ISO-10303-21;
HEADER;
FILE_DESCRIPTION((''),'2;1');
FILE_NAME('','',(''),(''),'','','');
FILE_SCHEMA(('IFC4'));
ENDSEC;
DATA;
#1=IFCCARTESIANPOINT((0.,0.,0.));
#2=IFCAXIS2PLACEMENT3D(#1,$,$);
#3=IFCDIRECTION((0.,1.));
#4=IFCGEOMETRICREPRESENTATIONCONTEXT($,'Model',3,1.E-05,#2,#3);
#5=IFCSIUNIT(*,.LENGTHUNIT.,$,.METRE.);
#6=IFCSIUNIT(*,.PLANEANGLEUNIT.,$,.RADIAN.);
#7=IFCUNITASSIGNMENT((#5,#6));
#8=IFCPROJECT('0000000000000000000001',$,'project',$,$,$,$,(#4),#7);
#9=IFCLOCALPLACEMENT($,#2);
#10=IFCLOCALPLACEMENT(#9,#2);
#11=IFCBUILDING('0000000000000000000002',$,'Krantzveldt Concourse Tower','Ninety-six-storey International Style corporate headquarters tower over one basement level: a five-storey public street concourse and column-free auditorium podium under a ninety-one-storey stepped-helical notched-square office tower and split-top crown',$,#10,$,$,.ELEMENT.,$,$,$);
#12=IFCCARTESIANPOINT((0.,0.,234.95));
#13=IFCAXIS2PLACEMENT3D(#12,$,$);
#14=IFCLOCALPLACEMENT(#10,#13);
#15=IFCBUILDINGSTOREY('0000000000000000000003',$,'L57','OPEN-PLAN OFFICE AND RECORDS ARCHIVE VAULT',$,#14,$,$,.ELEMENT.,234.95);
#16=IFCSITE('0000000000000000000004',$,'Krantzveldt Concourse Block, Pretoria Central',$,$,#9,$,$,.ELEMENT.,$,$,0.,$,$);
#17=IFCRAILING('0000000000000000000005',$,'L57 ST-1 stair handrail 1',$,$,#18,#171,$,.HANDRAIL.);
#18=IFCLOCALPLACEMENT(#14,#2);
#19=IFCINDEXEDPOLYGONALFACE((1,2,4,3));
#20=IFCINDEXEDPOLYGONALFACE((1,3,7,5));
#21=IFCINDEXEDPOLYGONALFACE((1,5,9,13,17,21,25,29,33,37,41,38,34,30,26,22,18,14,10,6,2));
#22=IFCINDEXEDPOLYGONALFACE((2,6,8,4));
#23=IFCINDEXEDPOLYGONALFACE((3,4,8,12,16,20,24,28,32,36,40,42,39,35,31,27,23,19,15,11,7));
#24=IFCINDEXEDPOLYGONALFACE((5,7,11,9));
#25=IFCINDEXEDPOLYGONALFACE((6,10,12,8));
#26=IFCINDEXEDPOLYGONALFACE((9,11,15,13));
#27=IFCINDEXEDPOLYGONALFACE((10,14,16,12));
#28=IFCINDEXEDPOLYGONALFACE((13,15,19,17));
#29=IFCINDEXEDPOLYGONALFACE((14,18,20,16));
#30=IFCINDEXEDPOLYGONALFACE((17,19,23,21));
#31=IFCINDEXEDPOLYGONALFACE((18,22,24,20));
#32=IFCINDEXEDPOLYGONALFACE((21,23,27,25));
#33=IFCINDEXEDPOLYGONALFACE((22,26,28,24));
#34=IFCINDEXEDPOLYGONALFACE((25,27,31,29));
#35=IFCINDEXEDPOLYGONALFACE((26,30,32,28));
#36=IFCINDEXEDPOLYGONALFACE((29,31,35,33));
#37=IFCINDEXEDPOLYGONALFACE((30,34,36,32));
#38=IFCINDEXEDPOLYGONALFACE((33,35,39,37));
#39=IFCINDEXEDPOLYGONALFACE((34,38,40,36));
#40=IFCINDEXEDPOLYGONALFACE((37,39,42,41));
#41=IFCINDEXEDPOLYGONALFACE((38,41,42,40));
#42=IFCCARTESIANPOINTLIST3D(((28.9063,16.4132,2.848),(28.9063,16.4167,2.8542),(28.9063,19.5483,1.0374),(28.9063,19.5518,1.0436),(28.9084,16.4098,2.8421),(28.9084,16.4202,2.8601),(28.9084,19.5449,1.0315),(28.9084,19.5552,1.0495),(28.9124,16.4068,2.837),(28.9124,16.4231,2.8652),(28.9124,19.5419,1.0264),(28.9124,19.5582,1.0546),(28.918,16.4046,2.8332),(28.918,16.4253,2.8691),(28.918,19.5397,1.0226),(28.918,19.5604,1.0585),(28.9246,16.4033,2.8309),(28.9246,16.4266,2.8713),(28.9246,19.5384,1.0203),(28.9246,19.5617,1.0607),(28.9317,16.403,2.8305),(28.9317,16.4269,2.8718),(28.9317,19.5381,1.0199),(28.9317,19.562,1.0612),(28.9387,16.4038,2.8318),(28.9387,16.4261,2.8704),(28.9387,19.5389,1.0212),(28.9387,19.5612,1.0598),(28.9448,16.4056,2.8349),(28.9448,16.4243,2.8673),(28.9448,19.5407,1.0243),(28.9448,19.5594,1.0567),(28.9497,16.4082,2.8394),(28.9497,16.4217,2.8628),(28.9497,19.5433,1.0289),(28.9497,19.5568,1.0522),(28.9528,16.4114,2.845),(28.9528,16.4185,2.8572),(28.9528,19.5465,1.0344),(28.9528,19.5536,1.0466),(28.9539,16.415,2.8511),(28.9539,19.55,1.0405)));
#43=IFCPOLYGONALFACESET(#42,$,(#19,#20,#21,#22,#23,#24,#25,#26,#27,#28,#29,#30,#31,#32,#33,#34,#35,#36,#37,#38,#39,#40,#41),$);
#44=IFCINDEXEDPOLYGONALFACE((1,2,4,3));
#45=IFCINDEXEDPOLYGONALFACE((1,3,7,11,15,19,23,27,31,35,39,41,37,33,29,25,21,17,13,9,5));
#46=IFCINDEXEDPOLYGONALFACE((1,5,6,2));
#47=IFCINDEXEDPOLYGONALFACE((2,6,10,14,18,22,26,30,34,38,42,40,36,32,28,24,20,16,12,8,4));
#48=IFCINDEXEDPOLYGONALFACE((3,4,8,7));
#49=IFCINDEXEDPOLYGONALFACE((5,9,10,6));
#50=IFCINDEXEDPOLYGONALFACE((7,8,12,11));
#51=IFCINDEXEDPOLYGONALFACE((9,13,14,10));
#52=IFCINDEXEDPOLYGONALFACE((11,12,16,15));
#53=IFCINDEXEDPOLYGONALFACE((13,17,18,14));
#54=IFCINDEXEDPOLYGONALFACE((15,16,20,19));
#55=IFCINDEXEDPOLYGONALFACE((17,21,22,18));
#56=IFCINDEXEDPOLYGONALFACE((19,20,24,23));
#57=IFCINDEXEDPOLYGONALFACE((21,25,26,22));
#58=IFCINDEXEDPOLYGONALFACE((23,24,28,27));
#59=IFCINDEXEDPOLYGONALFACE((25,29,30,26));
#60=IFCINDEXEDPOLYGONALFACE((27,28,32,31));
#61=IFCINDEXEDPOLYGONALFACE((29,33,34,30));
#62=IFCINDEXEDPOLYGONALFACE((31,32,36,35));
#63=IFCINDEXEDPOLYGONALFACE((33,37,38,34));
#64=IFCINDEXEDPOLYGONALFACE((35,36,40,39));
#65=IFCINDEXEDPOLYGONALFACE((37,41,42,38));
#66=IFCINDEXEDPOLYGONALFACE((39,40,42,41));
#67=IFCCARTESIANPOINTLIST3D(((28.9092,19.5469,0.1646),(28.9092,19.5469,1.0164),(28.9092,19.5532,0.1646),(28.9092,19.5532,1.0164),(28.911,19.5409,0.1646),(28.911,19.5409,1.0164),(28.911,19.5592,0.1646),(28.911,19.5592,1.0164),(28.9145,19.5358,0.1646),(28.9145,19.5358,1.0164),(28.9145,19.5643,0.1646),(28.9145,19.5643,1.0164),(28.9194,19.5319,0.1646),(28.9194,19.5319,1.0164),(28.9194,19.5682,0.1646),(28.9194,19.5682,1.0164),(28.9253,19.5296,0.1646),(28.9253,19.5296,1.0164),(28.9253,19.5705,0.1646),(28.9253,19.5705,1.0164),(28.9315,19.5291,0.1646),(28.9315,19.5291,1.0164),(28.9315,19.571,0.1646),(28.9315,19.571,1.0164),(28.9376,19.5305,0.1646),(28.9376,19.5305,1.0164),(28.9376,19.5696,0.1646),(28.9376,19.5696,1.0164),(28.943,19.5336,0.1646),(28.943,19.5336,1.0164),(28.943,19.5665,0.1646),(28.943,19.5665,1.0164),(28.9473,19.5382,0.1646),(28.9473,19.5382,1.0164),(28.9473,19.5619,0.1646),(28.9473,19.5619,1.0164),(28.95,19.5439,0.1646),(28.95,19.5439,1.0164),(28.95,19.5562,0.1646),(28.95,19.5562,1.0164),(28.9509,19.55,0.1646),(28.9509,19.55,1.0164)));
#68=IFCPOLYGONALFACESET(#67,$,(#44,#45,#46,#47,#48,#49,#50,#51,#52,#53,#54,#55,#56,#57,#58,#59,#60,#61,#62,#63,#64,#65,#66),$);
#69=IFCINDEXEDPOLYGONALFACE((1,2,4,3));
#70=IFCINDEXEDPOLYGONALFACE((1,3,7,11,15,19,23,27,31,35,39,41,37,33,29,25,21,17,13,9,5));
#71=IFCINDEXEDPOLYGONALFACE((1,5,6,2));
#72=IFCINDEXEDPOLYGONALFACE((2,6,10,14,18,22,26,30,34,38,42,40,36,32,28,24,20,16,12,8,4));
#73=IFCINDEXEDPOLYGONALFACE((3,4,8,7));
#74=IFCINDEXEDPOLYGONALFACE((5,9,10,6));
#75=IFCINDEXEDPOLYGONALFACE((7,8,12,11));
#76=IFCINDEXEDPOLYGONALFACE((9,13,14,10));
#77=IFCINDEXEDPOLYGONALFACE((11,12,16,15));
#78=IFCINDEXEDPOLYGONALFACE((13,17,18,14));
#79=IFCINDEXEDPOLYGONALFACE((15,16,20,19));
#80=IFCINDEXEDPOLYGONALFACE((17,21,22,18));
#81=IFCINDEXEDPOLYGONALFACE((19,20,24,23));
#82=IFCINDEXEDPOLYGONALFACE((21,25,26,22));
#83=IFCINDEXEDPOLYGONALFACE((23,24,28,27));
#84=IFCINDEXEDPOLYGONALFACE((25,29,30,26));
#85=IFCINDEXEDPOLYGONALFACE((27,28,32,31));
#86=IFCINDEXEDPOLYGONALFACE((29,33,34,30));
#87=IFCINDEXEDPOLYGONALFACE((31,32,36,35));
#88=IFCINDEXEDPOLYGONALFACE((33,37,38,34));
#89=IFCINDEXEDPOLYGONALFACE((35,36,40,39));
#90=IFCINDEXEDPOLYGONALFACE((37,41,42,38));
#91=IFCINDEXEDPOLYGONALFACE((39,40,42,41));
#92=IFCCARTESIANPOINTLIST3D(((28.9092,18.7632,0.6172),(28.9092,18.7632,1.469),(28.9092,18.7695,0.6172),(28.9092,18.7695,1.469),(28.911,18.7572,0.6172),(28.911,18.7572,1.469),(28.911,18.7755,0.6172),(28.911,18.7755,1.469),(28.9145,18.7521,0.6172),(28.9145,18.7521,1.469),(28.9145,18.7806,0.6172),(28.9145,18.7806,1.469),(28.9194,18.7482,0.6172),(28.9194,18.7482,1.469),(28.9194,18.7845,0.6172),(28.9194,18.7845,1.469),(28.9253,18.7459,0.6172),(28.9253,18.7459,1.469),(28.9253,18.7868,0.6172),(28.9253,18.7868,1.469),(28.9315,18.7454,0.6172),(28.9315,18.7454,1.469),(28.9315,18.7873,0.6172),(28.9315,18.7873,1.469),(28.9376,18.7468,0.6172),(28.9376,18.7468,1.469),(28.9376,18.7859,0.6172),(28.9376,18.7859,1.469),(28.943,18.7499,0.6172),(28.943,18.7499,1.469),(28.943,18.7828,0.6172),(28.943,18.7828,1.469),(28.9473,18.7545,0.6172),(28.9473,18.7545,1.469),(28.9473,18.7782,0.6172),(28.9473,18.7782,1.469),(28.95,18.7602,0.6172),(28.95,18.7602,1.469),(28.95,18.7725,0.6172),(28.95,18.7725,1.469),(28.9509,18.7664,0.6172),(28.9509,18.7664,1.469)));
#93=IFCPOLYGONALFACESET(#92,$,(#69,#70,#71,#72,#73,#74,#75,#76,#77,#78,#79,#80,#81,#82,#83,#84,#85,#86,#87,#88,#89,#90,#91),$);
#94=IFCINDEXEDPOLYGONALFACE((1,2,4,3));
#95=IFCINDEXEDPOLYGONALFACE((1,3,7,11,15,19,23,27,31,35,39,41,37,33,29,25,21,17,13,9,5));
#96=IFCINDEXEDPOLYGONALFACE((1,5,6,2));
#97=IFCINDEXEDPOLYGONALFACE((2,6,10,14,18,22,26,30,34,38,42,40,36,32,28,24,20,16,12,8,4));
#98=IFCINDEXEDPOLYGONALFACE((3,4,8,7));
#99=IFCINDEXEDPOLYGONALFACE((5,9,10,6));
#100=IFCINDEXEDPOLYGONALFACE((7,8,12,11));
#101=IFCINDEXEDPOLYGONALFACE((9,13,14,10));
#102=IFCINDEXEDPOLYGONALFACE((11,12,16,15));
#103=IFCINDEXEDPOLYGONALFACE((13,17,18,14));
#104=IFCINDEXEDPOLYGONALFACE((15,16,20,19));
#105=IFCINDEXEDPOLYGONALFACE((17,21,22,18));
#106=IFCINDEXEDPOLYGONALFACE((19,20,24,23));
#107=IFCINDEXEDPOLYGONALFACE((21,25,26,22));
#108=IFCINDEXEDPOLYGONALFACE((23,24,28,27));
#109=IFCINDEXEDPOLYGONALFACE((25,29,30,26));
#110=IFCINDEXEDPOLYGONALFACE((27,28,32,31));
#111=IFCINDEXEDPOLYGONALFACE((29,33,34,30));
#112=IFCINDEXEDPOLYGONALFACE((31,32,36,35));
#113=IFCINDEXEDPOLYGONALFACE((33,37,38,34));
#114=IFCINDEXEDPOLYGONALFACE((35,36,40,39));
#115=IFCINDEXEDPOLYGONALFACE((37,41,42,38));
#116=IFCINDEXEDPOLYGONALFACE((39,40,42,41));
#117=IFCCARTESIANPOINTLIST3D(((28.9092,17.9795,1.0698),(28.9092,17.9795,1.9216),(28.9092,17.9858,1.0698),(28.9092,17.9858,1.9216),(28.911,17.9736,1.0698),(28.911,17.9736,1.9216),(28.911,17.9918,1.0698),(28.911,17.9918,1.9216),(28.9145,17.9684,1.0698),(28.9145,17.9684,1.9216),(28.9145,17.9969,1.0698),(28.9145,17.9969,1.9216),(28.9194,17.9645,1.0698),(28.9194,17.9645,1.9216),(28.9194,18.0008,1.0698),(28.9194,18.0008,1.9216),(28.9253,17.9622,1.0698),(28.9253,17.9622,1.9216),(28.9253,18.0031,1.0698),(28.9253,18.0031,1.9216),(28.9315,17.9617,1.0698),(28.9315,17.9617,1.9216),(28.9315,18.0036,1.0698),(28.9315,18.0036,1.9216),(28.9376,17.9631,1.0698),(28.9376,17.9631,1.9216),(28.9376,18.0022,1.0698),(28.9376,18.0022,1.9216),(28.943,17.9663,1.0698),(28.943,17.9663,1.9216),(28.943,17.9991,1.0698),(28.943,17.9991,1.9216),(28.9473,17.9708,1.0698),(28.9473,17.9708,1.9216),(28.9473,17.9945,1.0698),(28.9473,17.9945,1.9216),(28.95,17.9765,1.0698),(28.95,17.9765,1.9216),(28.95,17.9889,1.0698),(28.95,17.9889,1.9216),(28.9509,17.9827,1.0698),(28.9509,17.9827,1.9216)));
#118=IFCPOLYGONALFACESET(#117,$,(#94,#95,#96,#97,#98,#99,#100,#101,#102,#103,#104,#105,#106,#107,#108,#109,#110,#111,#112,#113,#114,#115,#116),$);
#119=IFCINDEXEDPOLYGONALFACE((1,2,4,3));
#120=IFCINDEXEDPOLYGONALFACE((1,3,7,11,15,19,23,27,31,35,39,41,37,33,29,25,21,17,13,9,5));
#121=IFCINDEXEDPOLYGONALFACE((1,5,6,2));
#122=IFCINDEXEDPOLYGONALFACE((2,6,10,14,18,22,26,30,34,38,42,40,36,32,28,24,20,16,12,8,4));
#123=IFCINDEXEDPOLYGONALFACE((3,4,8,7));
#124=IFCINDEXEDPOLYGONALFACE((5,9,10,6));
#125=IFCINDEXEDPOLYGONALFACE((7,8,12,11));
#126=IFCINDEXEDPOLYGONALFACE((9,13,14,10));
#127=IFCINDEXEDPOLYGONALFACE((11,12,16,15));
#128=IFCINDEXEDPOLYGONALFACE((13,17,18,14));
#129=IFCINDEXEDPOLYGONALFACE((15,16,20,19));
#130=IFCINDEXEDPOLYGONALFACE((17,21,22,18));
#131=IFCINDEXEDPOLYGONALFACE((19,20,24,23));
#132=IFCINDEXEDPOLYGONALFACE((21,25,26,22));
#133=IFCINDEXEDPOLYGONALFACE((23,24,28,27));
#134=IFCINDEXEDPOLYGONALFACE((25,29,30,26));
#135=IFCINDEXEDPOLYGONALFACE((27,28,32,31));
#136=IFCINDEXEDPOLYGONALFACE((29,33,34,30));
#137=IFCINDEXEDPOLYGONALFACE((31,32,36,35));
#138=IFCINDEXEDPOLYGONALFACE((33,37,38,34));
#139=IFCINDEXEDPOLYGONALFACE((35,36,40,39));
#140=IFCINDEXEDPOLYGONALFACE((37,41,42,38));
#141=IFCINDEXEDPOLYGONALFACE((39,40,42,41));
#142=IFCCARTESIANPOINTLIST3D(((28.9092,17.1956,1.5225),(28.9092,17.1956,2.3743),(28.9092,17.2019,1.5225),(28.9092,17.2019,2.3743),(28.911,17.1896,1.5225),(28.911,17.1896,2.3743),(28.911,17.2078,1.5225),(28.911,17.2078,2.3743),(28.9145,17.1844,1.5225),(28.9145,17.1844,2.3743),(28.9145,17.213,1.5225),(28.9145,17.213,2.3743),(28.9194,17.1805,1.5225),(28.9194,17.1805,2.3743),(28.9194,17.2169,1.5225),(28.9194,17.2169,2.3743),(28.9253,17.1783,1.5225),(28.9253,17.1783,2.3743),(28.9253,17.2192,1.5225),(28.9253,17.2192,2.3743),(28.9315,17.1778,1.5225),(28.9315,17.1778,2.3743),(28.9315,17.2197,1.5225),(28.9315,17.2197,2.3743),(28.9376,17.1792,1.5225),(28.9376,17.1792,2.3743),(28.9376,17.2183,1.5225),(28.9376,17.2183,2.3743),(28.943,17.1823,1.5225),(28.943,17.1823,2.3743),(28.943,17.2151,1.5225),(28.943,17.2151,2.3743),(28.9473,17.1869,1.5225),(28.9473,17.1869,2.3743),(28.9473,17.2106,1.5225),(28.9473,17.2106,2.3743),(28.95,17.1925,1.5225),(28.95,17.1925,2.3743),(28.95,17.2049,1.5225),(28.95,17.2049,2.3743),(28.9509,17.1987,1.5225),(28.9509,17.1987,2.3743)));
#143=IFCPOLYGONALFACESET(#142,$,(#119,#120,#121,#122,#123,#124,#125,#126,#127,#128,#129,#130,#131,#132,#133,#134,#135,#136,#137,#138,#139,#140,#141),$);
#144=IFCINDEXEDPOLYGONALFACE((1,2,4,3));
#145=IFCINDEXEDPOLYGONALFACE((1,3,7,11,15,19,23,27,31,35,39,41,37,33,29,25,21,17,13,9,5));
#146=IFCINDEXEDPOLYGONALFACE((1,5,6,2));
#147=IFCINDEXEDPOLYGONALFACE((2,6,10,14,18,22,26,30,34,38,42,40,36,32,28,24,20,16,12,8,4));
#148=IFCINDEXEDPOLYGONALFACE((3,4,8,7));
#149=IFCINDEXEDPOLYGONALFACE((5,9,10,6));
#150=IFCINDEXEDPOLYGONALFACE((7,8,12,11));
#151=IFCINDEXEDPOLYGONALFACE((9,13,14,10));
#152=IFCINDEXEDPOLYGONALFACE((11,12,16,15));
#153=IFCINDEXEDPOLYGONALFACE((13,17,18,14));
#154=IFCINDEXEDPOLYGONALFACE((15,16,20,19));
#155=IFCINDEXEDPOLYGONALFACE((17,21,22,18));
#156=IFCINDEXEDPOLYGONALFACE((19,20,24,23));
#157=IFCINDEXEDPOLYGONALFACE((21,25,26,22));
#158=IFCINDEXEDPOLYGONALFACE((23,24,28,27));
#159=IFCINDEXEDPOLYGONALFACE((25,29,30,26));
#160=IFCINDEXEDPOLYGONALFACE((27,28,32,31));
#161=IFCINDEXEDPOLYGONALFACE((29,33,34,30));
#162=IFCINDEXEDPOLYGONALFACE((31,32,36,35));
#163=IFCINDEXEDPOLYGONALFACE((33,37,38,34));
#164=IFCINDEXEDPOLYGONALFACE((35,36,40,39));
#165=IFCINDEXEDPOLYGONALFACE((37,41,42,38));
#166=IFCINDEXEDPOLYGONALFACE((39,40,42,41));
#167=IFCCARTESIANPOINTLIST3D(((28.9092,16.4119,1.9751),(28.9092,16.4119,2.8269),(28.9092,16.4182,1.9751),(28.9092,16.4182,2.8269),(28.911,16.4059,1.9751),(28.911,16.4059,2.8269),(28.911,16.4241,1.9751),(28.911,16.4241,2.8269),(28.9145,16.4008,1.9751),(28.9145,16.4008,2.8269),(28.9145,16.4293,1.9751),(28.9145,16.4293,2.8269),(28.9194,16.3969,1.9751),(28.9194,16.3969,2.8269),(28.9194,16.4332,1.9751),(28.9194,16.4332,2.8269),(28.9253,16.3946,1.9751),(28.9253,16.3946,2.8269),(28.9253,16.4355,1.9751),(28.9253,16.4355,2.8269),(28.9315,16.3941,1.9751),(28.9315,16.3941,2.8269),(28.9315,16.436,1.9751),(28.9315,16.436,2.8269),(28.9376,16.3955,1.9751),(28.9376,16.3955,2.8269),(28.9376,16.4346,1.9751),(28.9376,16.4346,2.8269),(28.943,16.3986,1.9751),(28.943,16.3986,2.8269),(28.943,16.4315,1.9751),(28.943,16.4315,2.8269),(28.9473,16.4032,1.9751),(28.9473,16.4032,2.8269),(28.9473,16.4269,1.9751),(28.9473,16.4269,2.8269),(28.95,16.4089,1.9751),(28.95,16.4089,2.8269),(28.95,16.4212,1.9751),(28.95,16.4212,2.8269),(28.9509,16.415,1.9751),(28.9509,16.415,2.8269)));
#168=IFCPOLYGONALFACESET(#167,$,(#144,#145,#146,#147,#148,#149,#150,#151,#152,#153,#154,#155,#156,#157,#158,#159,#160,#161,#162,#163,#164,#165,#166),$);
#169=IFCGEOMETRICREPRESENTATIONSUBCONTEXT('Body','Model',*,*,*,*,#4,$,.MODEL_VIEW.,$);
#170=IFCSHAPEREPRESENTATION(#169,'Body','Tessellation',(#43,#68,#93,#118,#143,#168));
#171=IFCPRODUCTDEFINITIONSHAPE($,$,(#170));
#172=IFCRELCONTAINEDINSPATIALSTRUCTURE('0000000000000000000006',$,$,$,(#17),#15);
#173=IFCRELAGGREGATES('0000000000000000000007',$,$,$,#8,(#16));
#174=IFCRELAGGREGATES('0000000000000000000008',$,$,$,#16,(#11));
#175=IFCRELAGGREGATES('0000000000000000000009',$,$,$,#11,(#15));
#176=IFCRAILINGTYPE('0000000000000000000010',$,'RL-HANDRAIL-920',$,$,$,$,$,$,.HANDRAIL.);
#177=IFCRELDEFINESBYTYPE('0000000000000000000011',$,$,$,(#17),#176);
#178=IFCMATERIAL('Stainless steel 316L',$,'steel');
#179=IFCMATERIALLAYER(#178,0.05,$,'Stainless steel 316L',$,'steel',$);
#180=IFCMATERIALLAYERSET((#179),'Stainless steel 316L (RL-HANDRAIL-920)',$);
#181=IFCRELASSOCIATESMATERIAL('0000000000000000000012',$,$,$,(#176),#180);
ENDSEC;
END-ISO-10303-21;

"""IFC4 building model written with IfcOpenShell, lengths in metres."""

from ifc_helpers import new_model, si_unit, direction, frame, origin, origin_2d, place, context, subcontext, project, spatial, circle, extrude, material, layer, layer_set, type_object, element, save


model = new_model("IFC4")

# Units and contexts
model_context = context("Model", 3, precision=1e-05, world=origin(), true_north=direction((0.0, 1.0)))
body_context = subcontext(model_context, "Body", "Model", "MODEL_VIEW")
ifc_project = project(units=[si_unit("LENGTHUNIT", "METRE"), si_unit("PLANEANGLEUNIT", "RADIAN")], contexts=[model_context])

# Site, building, storey
site_placement = place(None, origin())
site = spatial("IfcSite", under=ifc_project, at=site_placement, Name="Krantzveldt Concourse Block, Pretoria Central", CompositionType="ELEMENT", RefElevation=0.0)
building_placement = place(site_placement, origin())
building = spatial("IfcBuilding", under=site, at=building_placement, Name="Krantzveldt Concourse Tower", Description="Ninety-six-storey International Style corporate headquarters tower over one basement level: a five-storey public street concourse and column-free auditorium podium under a ninety-one-storey stepped-helical notched-square office tower and split-top crown", CompositionType="ELEMENT")
storey_placement = place(building_placement, frame((0.0, 0.0, 234.95)))
storey = spatial("IfcBuildingStorey", under=building, at=storey_placement, Name="L57", Description="OPEN-PLAN OFFICE AND RECORDS ARCHIVE VAULT", CompositionType="ELEMENT", Elevation=234.95)

# Shared definitions
ifc_material_1 = material(Name="Stainless steel 316L", Category="steel")

# Railing
ifc_layer_1 = layer(ifc_material_1, 0.05, Name="Stainless steel 316L", Category="steel")
ifc_layer_set_1 = layer_set([ifc_layer_1], Name="Stainless steel 316L (RL-HANDRAIL-920)")
railing_type_1 = type_object("IfcRailingType", Name="RL-HANDRAIL-920", PredefinedType="HANDRAIL", material=ifc_layer_set_1)
railing_1_placement = place(storey_placement, frame((28.9299, 19.55, 0.1646)))
element("IfcRailing", 1, at=railing_1_placement, inside=storey, type_object=railing_type_1, Name="L57 ST-1 stair handrail 1", PredefinedType="HANDRAIL", context=body_context, shape_type="SweptSolid", body=[
    extrude(circle(Radius=0.0239, at=origin_2d()), frame((0.0, 0.0, 0.876), z_axis=(0.0, -0.86596, 0.500114), x_axis=(1.0, 0.0, 0.0)), (0.0, 0.0, 1.0), 3.6204),
    extrude(circle(Radius=0.021, at=origin_2d()), origin(), (0.0, 0.0, 1.0), 0.8518),
    extrude(circle(Radius=0.021, at=origin_2d()), frame((0.0, -0.7837, 0.4526)), (0.0, 0.0, 1.0), 0.8518),
    extrude(circle(Radius=0.021, at=origin_2d()), frame((0.0, -1.5674, 0.9053)), (0.0, 0.0, 1.0), 0.8518),
    extrude(circle(Radius=0.021, at=origin_2d()), frame((0.0, -2.3513, 1.3579)), (0.0, 0.0, 1.0), 0.8518),
    extrude(circle(Radius=0.021, at=origin_2d()), frame((0.0, -3.135, 1.8105)), (0.0, 0.0, 1.0), 0.8518),
])

save(model, "model.ifc")
